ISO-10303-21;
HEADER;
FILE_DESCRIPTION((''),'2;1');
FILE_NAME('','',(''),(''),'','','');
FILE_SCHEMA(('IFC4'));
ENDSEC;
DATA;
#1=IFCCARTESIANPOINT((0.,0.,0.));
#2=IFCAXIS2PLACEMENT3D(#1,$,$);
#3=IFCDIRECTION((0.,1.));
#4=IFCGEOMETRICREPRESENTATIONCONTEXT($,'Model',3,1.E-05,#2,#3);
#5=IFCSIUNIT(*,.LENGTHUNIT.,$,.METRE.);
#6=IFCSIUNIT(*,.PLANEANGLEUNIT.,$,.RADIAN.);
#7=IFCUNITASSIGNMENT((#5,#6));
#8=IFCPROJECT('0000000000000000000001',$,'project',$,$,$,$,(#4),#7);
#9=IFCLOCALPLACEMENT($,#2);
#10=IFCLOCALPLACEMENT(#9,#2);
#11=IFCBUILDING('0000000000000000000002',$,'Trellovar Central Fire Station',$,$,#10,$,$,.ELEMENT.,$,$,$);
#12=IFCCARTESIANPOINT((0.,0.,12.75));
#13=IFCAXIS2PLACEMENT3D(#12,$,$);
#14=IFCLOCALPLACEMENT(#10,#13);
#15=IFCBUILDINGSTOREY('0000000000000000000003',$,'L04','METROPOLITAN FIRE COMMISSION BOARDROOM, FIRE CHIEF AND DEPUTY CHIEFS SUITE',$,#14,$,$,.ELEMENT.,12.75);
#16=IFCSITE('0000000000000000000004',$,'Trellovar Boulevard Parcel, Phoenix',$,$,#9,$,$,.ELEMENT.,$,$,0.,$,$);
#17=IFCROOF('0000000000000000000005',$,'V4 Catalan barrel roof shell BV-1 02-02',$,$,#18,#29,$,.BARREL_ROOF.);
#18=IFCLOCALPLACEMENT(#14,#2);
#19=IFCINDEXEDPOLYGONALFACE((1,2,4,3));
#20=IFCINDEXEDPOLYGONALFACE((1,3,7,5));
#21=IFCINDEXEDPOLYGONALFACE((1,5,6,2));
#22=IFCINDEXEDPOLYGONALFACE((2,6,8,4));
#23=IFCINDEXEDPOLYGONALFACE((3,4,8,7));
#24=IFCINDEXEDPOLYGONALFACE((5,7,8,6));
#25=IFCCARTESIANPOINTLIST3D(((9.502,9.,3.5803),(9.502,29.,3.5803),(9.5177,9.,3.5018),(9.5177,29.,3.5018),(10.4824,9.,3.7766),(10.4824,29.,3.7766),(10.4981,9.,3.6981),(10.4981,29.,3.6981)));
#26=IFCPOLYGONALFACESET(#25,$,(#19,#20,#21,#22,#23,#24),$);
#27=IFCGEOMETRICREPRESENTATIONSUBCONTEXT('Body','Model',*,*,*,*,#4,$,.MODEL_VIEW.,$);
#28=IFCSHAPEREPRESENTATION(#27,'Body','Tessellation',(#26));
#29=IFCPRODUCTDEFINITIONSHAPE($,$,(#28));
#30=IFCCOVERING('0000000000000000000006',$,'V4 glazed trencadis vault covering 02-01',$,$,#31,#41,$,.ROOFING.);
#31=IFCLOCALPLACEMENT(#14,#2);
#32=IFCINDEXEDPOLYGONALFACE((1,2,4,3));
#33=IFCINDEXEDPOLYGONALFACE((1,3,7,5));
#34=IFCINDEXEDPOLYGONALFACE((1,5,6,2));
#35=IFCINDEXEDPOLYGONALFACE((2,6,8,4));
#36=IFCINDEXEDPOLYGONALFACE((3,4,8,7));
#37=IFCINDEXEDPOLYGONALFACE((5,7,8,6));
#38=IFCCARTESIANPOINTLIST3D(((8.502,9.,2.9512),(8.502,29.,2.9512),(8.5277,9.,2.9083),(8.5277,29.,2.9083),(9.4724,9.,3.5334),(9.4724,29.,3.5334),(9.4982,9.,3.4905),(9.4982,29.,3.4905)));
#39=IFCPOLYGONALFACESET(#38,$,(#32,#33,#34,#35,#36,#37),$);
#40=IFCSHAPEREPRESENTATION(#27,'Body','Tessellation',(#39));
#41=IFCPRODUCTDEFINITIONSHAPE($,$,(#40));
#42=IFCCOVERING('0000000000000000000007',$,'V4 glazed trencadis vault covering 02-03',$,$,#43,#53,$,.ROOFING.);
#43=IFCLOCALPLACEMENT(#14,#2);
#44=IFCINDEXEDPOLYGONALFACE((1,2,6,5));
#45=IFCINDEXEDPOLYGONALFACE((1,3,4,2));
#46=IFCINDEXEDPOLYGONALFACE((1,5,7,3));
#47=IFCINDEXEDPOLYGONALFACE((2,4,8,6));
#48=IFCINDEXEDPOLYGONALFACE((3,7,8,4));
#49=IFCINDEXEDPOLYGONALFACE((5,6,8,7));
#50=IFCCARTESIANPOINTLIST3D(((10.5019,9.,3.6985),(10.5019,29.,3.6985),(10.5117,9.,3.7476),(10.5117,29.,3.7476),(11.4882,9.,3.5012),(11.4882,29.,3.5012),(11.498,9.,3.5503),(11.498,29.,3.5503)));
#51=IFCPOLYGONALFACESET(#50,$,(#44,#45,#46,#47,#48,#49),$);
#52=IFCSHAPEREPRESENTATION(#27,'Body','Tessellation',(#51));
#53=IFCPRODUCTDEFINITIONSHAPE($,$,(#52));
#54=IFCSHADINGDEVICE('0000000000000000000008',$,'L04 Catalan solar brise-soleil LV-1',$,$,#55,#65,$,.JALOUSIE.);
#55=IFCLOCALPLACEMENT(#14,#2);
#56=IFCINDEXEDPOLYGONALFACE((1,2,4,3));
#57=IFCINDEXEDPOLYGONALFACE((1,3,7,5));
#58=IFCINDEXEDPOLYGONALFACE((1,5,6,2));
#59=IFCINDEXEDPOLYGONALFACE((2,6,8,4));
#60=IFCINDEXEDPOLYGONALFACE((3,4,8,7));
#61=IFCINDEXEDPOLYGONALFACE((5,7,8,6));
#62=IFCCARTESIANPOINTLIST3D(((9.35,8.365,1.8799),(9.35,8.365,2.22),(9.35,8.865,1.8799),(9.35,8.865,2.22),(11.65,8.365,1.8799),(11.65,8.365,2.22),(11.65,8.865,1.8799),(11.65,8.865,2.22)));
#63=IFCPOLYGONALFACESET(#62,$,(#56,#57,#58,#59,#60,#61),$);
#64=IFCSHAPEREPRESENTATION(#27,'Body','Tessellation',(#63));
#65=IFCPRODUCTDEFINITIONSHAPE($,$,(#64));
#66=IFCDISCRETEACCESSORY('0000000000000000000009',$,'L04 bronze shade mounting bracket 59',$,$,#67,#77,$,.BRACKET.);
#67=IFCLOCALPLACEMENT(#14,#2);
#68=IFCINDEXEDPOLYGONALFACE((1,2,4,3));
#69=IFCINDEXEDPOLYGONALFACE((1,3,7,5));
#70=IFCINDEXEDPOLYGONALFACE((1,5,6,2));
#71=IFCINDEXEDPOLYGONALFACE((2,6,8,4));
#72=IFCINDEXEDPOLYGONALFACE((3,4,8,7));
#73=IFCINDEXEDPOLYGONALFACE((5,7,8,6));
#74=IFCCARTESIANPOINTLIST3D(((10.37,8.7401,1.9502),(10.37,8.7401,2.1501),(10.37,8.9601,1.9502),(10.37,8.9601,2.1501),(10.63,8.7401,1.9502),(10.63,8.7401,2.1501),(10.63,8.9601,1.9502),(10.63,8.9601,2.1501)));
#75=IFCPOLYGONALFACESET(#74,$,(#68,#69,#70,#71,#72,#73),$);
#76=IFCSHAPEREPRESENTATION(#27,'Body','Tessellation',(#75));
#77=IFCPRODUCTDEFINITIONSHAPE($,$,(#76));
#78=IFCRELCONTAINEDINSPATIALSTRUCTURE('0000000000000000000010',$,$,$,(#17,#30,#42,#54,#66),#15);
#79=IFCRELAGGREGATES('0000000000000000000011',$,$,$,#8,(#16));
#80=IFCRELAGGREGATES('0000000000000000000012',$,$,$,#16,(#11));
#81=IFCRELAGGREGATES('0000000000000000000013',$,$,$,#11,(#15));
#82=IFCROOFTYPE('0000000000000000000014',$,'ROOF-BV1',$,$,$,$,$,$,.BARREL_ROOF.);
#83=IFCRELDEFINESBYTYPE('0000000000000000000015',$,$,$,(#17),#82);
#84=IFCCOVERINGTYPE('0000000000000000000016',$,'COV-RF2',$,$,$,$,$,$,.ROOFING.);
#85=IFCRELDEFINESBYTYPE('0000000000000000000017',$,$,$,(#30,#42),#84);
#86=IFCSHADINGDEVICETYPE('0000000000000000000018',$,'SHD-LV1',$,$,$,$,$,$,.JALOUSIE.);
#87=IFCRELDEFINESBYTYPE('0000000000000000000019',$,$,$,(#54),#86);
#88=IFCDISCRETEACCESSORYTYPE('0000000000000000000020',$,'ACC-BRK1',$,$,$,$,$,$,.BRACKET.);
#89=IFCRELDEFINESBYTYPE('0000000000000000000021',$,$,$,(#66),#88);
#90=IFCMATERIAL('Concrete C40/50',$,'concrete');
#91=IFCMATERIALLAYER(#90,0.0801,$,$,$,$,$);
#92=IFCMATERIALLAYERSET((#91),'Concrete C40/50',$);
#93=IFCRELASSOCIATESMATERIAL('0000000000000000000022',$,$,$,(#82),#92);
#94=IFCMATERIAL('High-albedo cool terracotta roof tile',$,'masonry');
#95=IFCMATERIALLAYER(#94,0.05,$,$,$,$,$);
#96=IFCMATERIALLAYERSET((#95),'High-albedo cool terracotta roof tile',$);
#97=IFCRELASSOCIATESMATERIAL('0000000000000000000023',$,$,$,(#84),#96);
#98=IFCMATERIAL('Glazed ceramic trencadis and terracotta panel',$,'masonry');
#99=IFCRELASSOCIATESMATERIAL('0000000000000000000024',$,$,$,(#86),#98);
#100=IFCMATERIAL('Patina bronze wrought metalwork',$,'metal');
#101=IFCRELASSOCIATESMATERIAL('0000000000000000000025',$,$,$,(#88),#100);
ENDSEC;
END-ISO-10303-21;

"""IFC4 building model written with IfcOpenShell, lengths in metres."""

from ifc_helpers import new_model, si_unit, direction, frame, origin, origin_2d, place, context, subcontext, project, spatial, polyline, rectangle, outline, extrude, material, layer, layer_set, type_object, element, save


model = new_model("IFC4")

# Units and contexts
model_context = context("Model", 3, precision=1e-05, world=origin(), true_north=direction((0.0, 1.0)))
body_context = subcontext(model_context, "Body", "Model", "MODEL_VIEW")
ifc_project = project(units=[si_unit("LENGTHUNIT", "METRE"), si_unit("PLANEANGLEUNIT", "RADIAN")], contexts=[model_context])

# Site, building, storey
site_placement = place(None, origin())
site = spatial("IfcSite", under=ifc_project, at=site_placement, Name="Trellovar Boulevard Parcel, Phoenix", CompositionType="ELEMENT", RefElevation=0.0)
building_placement = place(site_placement, origin())
building = spatial("IfcBuilding", under=site, at=building_placement, Name="Trellovar Central Fire Station", CompositionType="ELEMENT")
storey_placement = place(building_placement, frame((0.0, 0.0, 12.75)))
storey = spatial("IfcBuildingStorey", under=building, at=storey_placement, Name="L04", Description="METROPOLITAN FIRE COMMISSION BOARDROOM, FIRE CHIEF AND DEPUTY CHIEFS SUITE", CompositionType="ELEMENT", Elevation=12.75)

# Roof
ifc_material_1 = material(Name="Concrete C40/50", Category="concrete")
ifc_layer_1 = layer(ifc_material_1, 0.0801)
ifc_layer_set_1 = layer_set([ifc_layer_1], Name="Concrete C40/50")
roof_type = type_object("IfcRoofType", Name="ROOF-BV1", PredefinedType="BARREL_ROOF", material=ifc_layer_set_1)
roof_placement = place(storey_placement, frame((9.502, 9.0, 3.5803), z_axis=(-0.196304, 0.0, 0.980543), x_axis=(0.980543, 0.0, 0.196304)))
element("IfcRoof", 1, at=roof_placement, inside=storey, type_object=roof_type, Name="V4 Catalan barrel roof shell BV-1 02-02", PredefinedType="BARREL_ROOF", context=body_context, shape_type="SweptSolid", body=[
    extrude(outline(polyline([(0.0, 0.0), (0.9999, 0.0), (0.9999, 20.0), (0.0, 20.0), (0.0, 0.0)])), origin(), (0.0, 0.0, -1.0), 0.0801),
])

# Coverings
ifc_material_2 = material(Name="High-albedo cool terracotta roof tile", Category="masonry")
ifc_layer_2 = layer(ifc_material_2, 0.05)
ifc_layer_set_2 = layer_set([ifc_layer_2], Name="High-albedo cool terracotta roof tile")
covering_type = type_object("IfcCoveringType", Name="COV-RF2", PredefinedType="ROOFING", material=ifc_layer_set_2)
covering_1_placement = place(storey_placement, frame((8.502, 9.0, 2.9512), z_axis=(-0.514496, 0.0, 0.857493), x_axis=(0.857493, 0.0, 0.514496)))
element("IfcCovering", 2, at=covering_1_placement, inside=storey, type_object=covering_type, Name="V4 glazed trencadis vault covering 02-01", PredefinedType="ROOFING", context=body_context, shape_type="SweptSolid", body=[
    extrude(outline(polyline([(0.0, 0.0), (1.1317, 0.0), (1.1317, 20.0), (0.0, 20.0), (0.0, 0.0)])), origin(), (0.0, 0.0, -1.0), 0.05),
])
covering_2_placement = place(storey_placement, frame((10.5117, 9.0, 3.7476), z_axis=(0.196116, 0.0, 0.980581), x_axis=(0.980581, 0.0, -0.196116)))
element("IfcCovering", 3, at=covering_2_placement, inside=storey, type_object=covering_type, Name="V4 glazed trencadis vault covering 02-03", PredefinedType="ROOFING", context=body_context, shape_type="SweptSolid", body=[
    extrude(outline(polyline([(0.0, 0.0), (1.0059, 0.0), (1.0059, 20.0), (0.0, 20.0), (0.0, 0.0)])), origin(), (0.0, 0.0, -1.0), 0.05),
])

# Shading device
ifc_material_3 = material(Name="Glazed ceramic trencadis and terracotta panel", Category="masonry")
shading_device_type = type_object("IfcShadingDeviceType", Name="SHD-LV1", PredefinedType="JALOUSIE", material=ifc_material_3)
shading_device_placement = place(storey_placement, frame((10.5, 8.615, 1.8799), z_axis=(0.0, 0.0, 1.0), x_axis=(1.0, 0.0, 0.0)))
element("IfcShadingDevice", 4, at=shading_device_placement, inside=storey, type_object=shading_device_type, Name="L04 Catalan solar brise-soleil LV-1", PredefinedType="JALOUSIE", context=body_context, shape_type="SweptSolid", body=[
    extrude(rectangle(XDim=2.3, YDim=0.5, at=origin_2d()), origin(), (0.0, 0.0, 1.0), 0.3401),
])

# Discrete accessory
ifc_material_4 = material(Name="Patina bronze wrought metalwork", Category="metal")
discrete_accessory_type = type_object("IfcDiscreteAccessoryType", Name="ACC-BRK1", PredefinedType="BRACKET", material=ifc_material_4)
discrete_accessory_placement = place(storey_placement, frame((10.5, 8.8501, 1.9502), z_axis=(0.0, 0.0, 1.0), x_axis=(1.0, 0.0, 0.0)))
element("IfcDiscreteAccessory", 5, at=discrete_accessory_placement, inside=storey, type_object=discrete_accessory_type, Name="L04 bronze shade mounting bracket 59", PredefinedType="BRACKET", context=body_context, shape_type="SweptSolid", body=[
    extrude(rectangle(XDim=0.26, YDim=0.22, at=origin_2d()), origin(), (0.0, 0.0, 1.0), 0.2),
])

save(model, "model.ifc")
